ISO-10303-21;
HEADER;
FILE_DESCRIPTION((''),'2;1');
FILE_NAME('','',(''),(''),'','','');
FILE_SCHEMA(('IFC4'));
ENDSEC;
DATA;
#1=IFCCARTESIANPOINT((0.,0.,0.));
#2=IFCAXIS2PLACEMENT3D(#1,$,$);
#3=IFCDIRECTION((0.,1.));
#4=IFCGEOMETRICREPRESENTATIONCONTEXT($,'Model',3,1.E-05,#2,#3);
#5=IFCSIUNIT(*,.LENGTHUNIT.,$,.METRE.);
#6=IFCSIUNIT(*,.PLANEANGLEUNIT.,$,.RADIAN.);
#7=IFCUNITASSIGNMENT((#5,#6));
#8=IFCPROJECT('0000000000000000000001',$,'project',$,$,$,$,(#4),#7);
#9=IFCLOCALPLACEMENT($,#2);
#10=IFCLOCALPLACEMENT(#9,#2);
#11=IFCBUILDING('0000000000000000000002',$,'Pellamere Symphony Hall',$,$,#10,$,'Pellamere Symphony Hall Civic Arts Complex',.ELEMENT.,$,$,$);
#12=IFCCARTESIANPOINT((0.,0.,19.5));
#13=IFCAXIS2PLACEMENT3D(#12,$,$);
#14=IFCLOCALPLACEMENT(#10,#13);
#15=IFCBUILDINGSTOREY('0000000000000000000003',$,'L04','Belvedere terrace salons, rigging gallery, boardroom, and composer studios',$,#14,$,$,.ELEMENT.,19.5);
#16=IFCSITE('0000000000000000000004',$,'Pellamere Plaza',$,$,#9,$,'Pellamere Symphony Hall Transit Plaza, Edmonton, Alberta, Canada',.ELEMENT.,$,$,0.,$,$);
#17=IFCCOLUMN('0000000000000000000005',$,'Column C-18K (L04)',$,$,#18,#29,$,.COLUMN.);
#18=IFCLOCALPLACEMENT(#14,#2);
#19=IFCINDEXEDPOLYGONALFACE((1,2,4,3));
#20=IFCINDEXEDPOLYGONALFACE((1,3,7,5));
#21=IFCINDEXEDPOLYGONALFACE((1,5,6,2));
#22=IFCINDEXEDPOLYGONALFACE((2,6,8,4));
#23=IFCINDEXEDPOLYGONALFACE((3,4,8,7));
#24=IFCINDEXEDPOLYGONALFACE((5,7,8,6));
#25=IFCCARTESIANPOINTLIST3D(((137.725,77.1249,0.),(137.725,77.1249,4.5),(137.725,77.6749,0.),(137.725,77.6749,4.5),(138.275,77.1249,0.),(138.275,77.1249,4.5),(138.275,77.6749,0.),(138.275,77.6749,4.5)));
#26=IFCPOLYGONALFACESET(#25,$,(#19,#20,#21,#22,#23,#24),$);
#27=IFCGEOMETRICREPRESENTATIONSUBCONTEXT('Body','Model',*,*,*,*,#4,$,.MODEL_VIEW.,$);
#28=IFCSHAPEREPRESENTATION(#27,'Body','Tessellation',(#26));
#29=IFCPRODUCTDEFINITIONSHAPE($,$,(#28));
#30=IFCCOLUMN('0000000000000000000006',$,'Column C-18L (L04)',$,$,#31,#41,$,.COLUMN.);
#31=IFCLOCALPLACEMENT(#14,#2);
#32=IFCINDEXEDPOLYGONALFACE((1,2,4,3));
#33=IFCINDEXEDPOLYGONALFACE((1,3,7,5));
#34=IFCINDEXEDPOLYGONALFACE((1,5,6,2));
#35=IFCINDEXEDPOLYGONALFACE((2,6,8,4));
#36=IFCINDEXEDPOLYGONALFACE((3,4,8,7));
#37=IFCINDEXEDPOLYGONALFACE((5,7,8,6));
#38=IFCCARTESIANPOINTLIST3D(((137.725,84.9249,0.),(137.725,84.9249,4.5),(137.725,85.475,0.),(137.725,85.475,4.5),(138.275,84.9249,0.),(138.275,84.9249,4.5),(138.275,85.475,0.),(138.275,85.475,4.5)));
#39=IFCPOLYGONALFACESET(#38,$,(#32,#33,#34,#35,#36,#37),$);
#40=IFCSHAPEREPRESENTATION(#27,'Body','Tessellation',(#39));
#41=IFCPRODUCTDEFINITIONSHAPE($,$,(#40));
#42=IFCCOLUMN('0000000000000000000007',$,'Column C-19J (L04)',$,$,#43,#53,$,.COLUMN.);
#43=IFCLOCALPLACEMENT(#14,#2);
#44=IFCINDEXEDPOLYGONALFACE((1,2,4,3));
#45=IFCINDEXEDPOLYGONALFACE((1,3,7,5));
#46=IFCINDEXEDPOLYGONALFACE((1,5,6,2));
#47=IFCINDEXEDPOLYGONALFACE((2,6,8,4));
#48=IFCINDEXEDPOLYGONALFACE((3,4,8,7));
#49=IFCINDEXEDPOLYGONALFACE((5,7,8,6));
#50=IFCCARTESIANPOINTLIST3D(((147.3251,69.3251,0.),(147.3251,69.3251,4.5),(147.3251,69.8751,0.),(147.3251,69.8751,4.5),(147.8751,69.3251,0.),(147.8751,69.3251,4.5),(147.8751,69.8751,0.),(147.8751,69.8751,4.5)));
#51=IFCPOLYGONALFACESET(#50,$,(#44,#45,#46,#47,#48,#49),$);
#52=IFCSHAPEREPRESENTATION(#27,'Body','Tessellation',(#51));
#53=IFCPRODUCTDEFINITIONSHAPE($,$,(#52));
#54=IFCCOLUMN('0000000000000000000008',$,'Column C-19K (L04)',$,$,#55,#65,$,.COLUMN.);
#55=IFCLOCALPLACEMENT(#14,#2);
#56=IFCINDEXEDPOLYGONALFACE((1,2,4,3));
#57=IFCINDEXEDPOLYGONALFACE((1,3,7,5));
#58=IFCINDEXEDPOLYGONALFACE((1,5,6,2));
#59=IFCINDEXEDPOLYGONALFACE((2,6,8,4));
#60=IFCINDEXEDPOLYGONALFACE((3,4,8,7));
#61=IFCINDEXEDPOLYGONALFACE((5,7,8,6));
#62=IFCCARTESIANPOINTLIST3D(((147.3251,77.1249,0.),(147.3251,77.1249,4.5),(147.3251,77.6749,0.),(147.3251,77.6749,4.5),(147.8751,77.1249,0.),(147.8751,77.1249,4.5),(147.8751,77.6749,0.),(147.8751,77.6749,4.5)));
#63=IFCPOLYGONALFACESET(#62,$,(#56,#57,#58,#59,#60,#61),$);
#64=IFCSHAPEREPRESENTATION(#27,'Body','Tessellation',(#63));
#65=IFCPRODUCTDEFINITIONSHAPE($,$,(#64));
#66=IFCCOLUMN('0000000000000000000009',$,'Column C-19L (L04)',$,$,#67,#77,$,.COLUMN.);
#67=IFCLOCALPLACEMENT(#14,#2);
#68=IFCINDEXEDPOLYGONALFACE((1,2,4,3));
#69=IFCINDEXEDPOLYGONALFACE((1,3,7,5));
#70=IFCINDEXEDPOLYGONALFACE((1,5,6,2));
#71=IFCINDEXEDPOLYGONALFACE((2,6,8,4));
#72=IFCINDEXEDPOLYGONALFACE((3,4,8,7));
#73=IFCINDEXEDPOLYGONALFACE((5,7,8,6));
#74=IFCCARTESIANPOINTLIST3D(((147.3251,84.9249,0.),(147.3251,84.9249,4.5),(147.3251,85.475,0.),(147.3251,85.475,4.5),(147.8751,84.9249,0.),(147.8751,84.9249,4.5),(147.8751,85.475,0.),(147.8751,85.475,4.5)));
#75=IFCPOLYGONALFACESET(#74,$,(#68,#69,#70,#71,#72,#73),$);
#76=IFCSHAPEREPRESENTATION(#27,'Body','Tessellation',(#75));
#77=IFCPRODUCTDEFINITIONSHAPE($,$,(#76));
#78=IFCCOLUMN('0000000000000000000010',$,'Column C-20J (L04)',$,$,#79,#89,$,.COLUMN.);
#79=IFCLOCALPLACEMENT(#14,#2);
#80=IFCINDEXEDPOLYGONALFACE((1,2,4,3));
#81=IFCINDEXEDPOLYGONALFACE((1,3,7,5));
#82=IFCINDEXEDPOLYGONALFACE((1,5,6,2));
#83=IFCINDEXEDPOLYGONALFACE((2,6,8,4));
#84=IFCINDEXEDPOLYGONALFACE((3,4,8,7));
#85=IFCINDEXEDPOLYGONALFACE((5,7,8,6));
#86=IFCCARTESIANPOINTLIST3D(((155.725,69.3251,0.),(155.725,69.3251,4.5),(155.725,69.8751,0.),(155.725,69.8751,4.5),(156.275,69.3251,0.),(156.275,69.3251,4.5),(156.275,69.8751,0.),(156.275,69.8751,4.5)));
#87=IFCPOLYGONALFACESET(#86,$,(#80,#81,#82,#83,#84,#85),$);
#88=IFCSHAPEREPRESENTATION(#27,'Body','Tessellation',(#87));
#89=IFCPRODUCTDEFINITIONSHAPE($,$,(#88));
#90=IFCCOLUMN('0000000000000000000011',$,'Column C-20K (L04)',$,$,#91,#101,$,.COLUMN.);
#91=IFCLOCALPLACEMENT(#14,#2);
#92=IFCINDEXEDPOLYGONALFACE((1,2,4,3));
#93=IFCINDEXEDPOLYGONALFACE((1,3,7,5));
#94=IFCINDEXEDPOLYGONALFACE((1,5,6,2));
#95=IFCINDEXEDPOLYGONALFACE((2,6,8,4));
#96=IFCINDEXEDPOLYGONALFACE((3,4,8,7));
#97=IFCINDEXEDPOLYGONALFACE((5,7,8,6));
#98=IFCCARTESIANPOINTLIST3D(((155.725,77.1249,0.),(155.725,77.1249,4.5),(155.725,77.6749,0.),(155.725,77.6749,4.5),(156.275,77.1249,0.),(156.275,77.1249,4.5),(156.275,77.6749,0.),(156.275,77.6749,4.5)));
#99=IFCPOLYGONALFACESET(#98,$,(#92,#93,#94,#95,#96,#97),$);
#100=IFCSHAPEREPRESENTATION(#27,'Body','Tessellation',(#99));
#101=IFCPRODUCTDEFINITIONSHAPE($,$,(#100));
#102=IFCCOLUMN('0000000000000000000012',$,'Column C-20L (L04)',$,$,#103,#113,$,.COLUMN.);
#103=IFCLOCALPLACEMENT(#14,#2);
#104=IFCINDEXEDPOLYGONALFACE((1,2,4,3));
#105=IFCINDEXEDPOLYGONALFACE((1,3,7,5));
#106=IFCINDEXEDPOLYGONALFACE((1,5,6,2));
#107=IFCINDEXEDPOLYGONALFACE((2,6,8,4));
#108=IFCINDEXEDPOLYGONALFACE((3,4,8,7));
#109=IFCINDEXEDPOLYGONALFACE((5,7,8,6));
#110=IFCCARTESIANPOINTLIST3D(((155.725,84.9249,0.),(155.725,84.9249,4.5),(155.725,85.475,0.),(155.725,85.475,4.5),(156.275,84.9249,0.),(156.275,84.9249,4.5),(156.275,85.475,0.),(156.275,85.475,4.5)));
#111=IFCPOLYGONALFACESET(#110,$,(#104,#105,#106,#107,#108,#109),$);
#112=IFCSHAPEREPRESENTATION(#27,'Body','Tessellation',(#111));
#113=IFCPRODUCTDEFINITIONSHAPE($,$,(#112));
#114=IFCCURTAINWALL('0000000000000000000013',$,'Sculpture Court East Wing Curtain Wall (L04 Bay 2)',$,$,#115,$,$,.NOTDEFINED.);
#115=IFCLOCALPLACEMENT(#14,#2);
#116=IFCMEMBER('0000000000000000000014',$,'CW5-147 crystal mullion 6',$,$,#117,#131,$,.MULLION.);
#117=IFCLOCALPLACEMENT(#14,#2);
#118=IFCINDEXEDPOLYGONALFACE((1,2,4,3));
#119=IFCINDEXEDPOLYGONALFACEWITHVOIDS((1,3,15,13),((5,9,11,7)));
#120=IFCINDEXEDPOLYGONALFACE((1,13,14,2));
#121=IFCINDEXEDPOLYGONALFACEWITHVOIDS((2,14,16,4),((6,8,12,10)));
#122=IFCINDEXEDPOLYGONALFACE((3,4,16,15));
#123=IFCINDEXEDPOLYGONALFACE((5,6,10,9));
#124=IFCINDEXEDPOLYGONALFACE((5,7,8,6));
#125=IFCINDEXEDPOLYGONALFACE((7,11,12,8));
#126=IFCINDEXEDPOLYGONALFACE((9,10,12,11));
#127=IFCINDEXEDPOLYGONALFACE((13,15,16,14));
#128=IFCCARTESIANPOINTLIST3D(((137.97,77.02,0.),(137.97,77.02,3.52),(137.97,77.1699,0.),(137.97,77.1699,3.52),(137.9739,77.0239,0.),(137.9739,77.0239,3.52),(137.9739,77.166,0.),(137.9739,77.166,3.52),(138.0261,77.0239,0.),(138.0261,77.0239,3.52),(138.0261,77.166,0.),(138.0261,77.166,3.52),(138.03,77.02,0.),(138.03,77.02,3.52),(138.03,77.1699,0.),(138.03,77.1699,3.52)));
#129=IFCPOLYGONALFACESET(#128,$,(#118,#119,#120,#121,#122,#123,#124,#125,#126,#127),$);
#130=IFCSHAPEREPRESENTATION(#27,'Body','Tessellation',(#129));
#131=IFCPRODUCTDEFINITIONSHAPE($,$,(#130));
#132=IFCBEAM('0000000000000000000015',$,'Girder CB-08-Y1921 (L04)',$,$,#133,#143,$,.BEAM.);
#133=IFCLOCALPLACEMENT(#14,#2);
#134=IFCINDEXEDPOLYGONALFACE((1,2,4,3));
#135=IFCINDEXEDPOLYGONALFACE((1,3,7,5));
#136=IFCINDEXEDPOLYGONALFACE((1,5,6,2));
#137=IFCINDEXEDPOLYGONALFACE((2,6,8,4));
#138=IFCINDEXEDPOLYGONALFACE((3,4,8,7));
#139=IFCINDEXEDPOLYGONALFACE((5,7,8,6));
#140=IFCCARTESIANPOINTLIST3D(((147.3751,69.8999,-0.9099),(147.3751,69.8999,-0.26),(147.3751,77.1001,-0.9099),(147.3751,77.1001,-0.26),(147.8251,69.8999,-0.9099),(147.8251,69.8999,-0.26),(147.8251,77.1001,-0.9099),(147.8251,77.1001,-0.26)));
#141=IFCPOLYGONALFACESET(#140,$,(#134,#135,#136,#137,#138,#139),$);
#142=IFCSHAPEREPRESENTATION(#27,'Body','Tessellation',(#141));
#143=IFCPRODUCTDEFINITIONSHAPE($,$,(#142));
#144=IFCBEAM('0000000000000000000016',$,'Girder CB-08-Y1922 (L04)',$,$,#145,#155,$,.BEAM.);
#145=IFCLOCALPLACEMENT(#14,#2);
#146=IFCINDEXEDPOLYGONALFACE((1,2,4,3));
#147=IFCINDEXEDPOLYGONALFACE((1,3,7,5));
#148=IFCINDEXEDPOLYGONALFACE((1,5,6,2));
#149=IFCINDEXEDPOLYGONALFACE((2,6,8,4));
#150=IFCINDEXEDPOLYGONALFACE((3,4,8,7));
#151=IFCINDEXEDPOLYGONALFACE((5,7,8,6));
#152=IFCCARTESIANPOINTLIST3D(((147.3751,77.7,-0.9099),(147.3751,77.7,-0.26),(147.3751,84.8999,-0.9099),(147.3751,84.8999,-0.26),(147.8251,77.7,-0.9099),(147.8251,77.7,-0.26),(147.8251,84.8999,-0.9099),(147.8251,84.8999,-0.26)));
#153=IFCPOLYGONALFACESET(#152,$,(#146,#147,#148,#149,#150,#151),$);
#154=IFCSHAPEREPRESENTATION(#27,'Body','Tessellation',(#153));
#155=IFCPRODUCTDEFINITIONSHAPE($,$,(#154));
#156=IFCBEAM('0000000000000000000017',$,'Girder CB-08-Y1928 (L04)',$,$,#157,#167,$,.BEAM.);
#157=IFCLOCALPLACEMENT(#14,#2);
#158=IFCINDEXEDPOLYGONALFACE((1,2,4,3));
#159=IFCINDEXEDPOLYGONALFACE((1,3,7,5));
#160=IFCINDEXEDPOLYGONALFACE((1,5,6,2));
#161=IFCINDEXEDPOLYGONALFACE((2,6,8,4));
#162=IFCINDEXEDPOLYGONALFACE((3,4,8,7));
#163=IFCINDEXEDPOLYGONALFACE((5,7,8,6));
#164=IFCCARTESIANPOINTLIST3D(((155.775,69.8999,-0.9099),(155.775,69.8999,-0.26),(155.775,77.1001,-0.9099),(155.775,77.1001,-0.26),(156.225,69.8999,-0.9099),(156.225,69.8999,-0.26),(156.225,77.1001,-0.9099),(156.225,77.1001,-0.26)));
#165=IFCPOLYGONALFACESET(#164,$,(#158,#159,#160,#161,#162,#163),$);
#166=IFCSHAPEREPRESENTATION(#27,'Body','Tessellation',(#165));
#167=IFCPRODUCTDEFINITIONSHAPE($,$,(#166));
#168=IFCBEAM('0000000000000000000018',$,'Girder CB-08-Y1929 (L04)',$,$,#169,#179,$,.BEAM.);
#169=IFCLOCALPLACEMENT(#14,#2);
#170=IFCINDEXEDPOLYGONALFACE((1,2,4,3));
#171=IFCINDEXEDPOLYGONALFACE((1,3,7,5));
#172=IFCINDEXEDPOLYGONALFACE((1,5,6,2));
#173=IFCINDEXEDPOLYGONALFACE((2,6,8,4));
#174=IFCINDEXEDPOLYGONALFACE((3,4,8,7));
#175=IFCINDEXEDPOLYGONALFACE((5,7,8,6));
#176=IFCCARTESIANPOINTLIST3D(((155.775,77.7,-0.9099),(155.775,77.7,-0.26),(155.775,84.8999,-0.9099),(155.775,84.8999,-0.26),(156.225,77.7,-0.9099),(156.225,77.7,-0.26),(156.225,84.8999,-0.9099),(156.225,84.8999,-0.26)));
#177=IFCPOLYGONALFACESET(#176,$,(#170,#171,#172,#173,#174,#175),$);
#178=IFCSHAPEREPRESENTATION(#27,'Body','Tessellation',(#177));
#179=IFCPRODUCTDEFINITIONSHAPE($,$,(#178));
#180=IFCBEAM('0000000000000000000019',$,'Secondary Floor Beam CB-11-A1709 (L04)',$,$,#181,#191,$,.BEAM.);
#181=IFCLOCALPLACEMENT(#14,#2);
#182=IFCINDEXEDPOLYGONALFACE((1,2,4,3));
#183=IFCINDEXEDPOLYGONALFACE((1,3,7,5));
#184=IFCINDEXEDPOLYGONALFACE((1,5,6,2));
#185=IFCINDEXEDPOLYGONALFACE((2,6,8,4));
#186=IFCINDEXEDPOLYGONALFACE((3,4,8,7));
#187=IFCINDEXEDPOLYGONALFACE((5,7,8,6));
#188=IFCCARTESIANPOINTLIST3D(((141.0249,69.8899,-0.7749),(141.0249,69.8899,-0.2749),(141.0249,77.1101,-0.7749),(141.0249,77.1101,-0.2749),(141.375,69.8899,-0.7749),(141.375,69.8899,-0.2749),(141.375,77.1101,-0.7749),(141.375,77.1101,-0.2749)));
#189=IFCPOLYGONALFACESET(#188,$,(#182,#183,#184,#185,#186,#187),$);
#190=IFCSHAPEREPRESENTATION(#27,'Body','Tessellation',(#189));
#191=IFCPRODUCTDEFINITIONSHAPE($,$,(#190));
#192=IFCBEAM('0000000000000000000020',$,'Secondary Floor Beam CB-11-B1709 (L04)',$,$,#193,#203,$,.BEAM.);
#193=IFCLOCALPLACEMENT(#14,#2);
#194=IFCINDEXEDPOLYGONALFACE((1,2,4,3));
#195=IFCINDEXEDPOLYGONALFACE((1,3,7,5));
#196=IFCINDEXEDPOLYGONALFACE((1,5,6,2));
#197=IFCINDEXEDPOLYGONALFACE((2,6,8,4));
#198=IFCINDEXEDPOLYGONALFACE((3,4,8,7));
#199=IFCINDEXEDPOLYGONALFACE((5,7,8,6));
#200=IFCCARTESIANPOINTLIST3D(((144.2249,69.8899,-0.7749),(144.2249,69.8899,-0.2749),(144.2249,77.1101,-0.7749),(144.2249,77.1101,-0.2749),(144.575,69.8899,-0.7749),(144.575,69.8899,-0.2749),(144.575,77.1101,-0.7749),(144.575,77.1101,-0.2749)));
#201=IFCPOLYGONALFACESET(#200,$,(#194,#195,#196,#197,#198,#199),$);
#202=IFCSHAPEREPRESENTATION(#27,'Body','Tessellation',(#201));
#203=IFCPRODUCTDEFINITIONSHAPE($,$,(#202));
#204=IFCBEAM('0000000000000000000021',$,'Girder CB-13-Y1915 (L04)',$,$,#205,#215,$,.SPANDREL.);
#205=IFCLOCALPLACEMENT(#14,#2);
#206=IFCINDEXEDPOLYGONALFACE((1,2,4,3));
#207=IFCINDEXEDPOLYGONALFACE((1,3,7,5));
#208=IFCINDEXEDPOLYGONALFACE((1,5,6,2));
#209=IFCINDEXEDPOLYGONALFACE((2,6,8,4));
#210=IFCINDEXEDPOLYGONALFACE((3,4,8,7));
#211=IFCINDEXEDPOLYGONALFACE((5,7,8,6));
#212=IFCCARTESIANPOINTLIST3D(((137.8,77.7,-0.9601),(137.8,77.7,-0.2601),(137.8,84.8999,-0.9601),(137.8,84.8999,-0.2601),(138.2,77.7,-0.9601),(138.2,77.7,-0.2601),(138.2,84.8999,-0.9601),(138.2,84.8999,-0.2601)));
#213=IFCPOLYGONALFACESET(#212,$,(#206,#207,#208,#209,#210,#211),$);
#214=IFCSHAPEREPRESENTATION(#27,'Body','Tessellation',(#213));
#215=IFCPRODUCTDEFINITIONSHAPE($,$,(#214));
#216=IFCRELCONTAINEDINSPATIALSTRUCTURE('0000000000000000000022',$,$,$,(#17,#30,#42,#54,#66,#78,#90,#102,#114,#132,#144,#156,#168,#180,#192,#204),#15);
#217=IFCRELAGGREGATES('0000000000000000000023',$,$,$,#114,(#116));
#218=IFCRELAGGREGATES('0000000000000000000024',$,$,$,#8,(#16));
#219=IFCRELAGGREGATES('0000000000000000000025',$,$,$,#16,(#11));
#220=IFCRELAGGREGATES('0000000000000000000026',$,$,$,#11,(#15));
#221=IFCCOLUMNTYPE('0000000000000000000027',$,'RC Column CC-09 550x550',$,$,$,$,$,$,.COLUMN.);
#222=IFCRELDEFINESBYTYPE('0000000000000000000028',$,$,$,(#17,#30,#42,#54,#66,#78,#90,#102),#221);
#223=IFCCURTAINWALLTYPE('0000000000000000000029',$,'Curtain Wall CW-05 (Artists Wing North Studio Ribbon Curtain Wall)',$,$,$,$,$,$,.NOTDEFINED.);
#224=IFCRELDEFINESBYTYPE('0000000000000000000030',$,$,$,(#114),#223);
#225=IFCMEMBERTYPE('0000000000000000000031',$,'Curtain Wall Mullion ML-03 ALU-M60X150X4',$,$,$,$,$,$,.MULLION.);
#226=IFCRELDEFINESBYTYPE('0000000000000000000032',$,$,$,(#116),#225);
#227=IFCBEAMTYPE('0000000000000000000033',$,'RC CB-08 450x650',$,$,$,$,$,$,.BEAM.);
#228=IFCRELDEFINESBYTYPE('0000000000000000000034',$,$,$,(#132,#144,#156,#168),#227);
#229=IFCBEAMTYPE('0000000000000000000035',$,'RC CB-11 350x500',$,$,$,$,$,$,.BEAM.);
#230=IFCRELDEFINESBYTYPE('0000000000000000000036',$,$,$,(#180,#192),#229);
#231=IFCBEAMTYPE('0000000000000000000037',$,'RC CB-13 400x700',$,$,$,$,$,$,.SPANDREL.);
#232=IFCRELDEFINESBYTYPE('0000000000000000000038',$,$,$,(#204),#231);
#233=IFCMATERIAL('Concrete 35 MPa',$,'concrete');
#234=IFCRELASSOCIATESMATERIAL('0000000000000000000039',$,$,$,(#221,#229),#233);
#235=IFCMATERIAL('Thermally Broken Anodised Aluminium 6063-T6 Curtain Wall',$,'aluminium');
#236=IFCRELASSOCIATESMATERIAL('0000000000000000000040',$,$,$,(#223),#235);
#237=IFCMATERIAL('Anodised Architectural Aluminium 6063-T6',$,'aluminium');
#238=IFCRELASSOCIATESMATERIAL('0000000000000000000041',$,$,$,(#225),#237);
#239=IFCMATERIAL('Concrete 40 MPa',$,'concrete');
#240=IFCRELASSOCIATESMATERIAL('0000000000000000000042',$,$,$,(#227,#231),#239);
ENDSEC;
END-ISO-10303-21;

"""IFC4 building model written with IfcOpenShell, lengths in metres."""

from ifc_helpers import new_model, si_unit, direction, frame, origin, origin_2d, place, context, subcontext, project, spatial, rectangle, hollow_rectangle, extrude, material, material_profile, profile_set, type_object, element, aggregate, save


model = new_model("IFC4")

# Units and contexts
model_context = context("Model", 3, precision=1e-05, world=origin(), true_north=direction((0.0, 1.0)))
body_context = subcontext(model_context, "Body", "Model", "MODEL_VIEW")
ifc_project = project(units=[si_unit("LENGTHUNIT", "METRE"), si_unit("PLANEANGLEUNIT", "RADIAN")], contexts=[model_context])

# Site, building, storey
site_placement = place(None, origin())
site = spatial("IfcSite", under=ifc_project, at=site_placement, Name="Pellamere Plaza", LongName="Pellamere Symphony Hall Transit Plaza, Edmonton, Alberta, Canada", CompositionType="ELEMENT", RefElevation=0.0)
building_placement = place(site_placement, origin())
building = spatial("IfcBuilding", under=site, at=building_placement, Name="Pellamere Symphony Hall", LongName="Pellamere Symphony Hall Civic Arts Complex", CompositionType="ELEMENT")
storey_placement = place(building_placement, frame((0.0, 0.0, 19.5)))
storey = spatial("IfcBuildingStorey", under=building, at=storey_placement, Name="L04", Description="Belvedere terrace salons, rigging gallery, boardroom, and composer studios", CompositionType="ELEMENT", Elevation=19.5)

# Columns
ifc_material_1 = material(Name="Concrete 35 MPa", Category="concrete")
ifc_material_profile_1 = material_profile(ifc_material_1, rectangle(XDim=0.55, YDim=0.55, at=origin_2d()), Name="RC 550x550")
ifc_profile_set_1 = profile_set([ifc_material_profile_1], Name="Concrete 35 MPa")
column_type = type_object("IfcColumnType", Name="RC Column CC-09 550x550", PredefinedType="COLUMN", material=ifc_profile_set_1)
for number, where, z_axis, x_axis, name in (
    (1, (138.0, 77.3999, 0.0), (0.0, 0.0, 1.0), (1.0, 0.0, 0.0), "Column C-18K (L04)"),
    (2, (138.0, 85.2, 0.0), (0.0, 0.0, 1.0), (1.0, 0.0, 0.0), "Column C-18L (L04)"),
    (3, (147.6001, 69.6001, 0.0), (0.0, 0.0, 1.0), (1.0, 0.0, 0.0), "Column C-19J (L04)"),
    (4, (147.6001, 77.3999, 0.0), (0.0, 0.0, 1.0), (1.0, 0.0, 0.0), "Column C-19K (L04)"),
    (5, (147.6001, 85.2, 0.0), (0.0, 0.0, 1.0), (1.0, 0.0, 0.0), "Column C-19L (L04)"),
    (6, (156.0, 69.6001, 0.0), (0.0, 0.0, 1.0), (1.0, 0.0, 0.0), "Column C-20J (L04)"),
    (7, (156.0, 77.3999, 0.0), (0.0, 0.0, 1.0), (1.0, 0.0, 0.0), "Column C-20K (L04)"),
    (8, (156.0, 85.2, 0.0), (0.0, 0.0, 1.0), (1.0, 0.0, 0.0), "Column C-20L (L04)"),
):
    element("IfcColumn", number, at=place(storey_placement, frame(where, z_axis=z_axis, x_axis=x_axis)), inside=storey, type_object=column_type, Name=name, PredefinedType="COLUMN", context=body_context, shape_type="SweptSolid", body=[
        extrude(rectangle(XDim=0.55, YDim=0.55, at=origin_2d()), origin(), (0.0, 0.0, 1.0), 4.5),
    ])

# Curtain wall, member
ifc_material_2 = material(Name="Thermally Broken Anodised Aluminium 6063-T6 Curtain Wall", Category="aluminium")
curtain_wall_type = type_object("IfcCurtainWallType", Name="Curtain Wall CW-05 (Artists Wing North Studio Ribbon Curtain Wall)", PredefinedType="NOTDEFINED", material=ifc_material_2)
curtain_wall_placement = place(storey_placement, origin())
curtain_wall = element("IfcCurtainWall", 9, at=curtain_wall_placement, inside=storey, type_object=curtain_wall_type, Name="Sculpture Court East Wing Curtain Wall (L04 Bay 2)", PredefinedType="NOTDEFINED")
ifc_material_3 = material(Name="Anodised Architectural Aluminium 6063-T6", Category="aluminium")
ifc_material_profile_2 = material_profile(ifc_material_3, hollow_rectangle(XDim=0.0601, YDim=0.1499, WallThickness=0.0039, at=origin_2d()), Name="ALU-M60X150X4")
ifc_profile_set_2 = profile_set([ifc_material_profile_2], Name="Anodised Architectural Aluminium 6063-T6")
member_type = type_object("IfcMemberType", Name="Curtain Wall Mullion ML-03 ALU-M60X150X4", PredefinedType="MULLION", material=ifc_profile_set_2)
member_placement = place(storey_placement, frame((138.0, 77.095, 0.0), z_axis=(0.0, 0.0, 1.0), x_axis=(-1.0, 0.0, 0.0)))
member = element("IfcMember", 10, at=member_placement, type_object=member_type, Name="CW5-147 crystal mullion 6", PredefinedType="MULLION", context=body_context, shape_type="SweptSolid", body=[
    extrude(hollow_rectangle(XDim=0.0601, YDim=0.1499, WallThickness=0.0039, at=origin_2d()), origin(), (0.0, 0.0, 1.0), 3.52),
])

# Beams
ifc_material_4 = material(Name="Concrete 40 MPa", Category="concrete")
ifc_material_profile_3 = material_profile(ifc_material_4, rectangle(XDim=0.45, YDim=0.6499, at=origin_2d()), Name="RC 450x650")
ifc_profile_set_3 = profile_set([ifc_material_profile_3], Name="Concrete 40 MPa")
beam_type_1 = type_object("IfcBeamType", Name="RC CB-08 450x650", PredefinedType="BEAM", material=ifc_profile_set_3)
beam_1_placement = place(storey_placement, frame((147.6001, 69.8999, -0.585), z_axis=(0.0, 1.0, 0.0), x_axis=(-1.0, 0.0, 0.0)))
element("IfcBeam", 11, at=beam_1_placement, inside=storey, type_object=beam_type_1, Name="Girder CB-08-Y1921 (L04)", PredefinedType="BEAM", context=body_context, shape_type="SweptSolid", body=[
    extrude(rectangle(XDim=0.45, YDim=0.6499, at=origin_2d()), origin(), (0.0, 0.0, 1.0), 7.2002),
])
beam_2_placement = place(storey_placement, frame((147.6001, 77.7, -0.585), z_axis=(0.0, 1.0, 0.0), x_axis=(-1.0, 0.0, 0.0)))
element("IfcBeam", 12, at=beam_2_placement, inside=storey, type_object=beam_type_1, Name="Girder CB-08-Y1922 (L04)", PredefinedType="BEAM", context=body_context, shape_type="SweptSolid", body=[
    extrude(rectangle(XDim=0.45, YDim=0.6499, at=origin_2d()), origin(), (0.0, 0.0, 1.0), 7.2),
])
beam_3_placement = place(storey_placement, frame((156.0, 69.8999, -0.585), z_axis=(0.0, 1.0, 0.0), x_axis=(-1.0, 0.0, 0.0)))
element("IfcBeam", 13, at=beam_3_placement, inside=storey, type_object=beam_type_1, Name="Girder CB-08-Y1928 (L04)", PredefinedType="BEAM", context=body_context, shape_type="SweptSolid", body=[
    extrude(rectangle(XDim=0.45, YDim=0.6499, at=origin_2d()), origin(), (0.0, 0.0, 1.0), 7.2002),
])
beam_4_placement = place(storey_placement, frame((156.0, 77.7, -0.585), z_axis=(0.0, 1.0, 0.0), x_axis=(-1.0, 0.0, 0.0)))
element("IfcBeam", 14, at=beam_4_placement, inside=storey, type_object=beam_type_1, Name="Girder CB-08-Y1929 (L04)", PredefinedType="BEAM", context=body_context, shape_type="SweptSolid", body=[
    extrude(rectangle(XDim=0.45, YDim=0.6499, at=origin_2d()), origin(), (0.0, 0.0, 1.0), 7.2),
])
ifc_material_profile_4 = material_profile(ifc_material_1, rectangle(XDim=0.3501, YDim=0.5, at=origin_2d()), Name="RC 350x500")
ifc_profile_set_4 = profile_set([ifc_material_profile_4], Name="Concrete 35 MPa")
beam_type_2 = type_object("IfcBeamType", Name="RC CB-11 350x500", PredefinedType="BEAM", material=ifc_profile_set_4)
for number, where, z_axis, x_axis, name in (
    (15, (141.2, 69.8899, -0.5249), (0.0, 1.0, 0.0), (-1.0, 0.0, 0.0), "Secondary Floor Beam CB-11-A1709 (L04)"),
    (16, (144.3999, 69.8899, -0.5249), (0.0, 1.0, 0.0), (-1.0, 0.0, 0.0), "Secondary Floor Beam CB-11-B1709 (L04)"),
):
    element("IfcBeam", number, at=place(storey_placement, frame(where, z_axis=z_axis, x_axis=x_axis)), inside=storey, type_object=beam_type_2, Name=name, PredefinedType="BEAM", context=body_context, shape_type="SweptSolid", body=[
        extrude(rectangle(XDim=0.3501, YDim=0.5, at=origin_2d()), origin(), (0.0, 0.0, 1.0), 7.2202),
    ])
ifc_material_profile_5 = material_profile(ifc_material_4, rectangle(XDim=0.3999, YDim=0.7, at=origin_2d()), Name="RC 400x700")
ifc_profile_set_5 = profile_set([ifc_material_profile_5], Name="Concrete 40 MPa")
beam_type_3 = type_object("IfcBeamType", Name="RC CB-13 400x700", PredefinedType="SPANDREL", material=ifc_profile_set_5)
beam_5_placement = place(storey_placement, frame((138.0, 77.7, -0.6101), z_axis=(0.0, 1.0, 0.0), x_axis=(-1.0, 0.0, 0.0)))
element("IfcBeam", 17, at=beam_5_placement, inside=storey, type_object=beam_type_3, Name="Girder CB-13-Y1915 (L04)", PredefinedType="SPANDREL", context=body_context, shape_type="SweptSolid", body=[
    extrude(rectangle(XDim=0.3999, YDim=0.7, at=origin_2d()), origin(), (0.0, 0.0, 1.0), 7.2),
])

aggregate(curtain_wall, [member])

save(model, "model.ifc")
